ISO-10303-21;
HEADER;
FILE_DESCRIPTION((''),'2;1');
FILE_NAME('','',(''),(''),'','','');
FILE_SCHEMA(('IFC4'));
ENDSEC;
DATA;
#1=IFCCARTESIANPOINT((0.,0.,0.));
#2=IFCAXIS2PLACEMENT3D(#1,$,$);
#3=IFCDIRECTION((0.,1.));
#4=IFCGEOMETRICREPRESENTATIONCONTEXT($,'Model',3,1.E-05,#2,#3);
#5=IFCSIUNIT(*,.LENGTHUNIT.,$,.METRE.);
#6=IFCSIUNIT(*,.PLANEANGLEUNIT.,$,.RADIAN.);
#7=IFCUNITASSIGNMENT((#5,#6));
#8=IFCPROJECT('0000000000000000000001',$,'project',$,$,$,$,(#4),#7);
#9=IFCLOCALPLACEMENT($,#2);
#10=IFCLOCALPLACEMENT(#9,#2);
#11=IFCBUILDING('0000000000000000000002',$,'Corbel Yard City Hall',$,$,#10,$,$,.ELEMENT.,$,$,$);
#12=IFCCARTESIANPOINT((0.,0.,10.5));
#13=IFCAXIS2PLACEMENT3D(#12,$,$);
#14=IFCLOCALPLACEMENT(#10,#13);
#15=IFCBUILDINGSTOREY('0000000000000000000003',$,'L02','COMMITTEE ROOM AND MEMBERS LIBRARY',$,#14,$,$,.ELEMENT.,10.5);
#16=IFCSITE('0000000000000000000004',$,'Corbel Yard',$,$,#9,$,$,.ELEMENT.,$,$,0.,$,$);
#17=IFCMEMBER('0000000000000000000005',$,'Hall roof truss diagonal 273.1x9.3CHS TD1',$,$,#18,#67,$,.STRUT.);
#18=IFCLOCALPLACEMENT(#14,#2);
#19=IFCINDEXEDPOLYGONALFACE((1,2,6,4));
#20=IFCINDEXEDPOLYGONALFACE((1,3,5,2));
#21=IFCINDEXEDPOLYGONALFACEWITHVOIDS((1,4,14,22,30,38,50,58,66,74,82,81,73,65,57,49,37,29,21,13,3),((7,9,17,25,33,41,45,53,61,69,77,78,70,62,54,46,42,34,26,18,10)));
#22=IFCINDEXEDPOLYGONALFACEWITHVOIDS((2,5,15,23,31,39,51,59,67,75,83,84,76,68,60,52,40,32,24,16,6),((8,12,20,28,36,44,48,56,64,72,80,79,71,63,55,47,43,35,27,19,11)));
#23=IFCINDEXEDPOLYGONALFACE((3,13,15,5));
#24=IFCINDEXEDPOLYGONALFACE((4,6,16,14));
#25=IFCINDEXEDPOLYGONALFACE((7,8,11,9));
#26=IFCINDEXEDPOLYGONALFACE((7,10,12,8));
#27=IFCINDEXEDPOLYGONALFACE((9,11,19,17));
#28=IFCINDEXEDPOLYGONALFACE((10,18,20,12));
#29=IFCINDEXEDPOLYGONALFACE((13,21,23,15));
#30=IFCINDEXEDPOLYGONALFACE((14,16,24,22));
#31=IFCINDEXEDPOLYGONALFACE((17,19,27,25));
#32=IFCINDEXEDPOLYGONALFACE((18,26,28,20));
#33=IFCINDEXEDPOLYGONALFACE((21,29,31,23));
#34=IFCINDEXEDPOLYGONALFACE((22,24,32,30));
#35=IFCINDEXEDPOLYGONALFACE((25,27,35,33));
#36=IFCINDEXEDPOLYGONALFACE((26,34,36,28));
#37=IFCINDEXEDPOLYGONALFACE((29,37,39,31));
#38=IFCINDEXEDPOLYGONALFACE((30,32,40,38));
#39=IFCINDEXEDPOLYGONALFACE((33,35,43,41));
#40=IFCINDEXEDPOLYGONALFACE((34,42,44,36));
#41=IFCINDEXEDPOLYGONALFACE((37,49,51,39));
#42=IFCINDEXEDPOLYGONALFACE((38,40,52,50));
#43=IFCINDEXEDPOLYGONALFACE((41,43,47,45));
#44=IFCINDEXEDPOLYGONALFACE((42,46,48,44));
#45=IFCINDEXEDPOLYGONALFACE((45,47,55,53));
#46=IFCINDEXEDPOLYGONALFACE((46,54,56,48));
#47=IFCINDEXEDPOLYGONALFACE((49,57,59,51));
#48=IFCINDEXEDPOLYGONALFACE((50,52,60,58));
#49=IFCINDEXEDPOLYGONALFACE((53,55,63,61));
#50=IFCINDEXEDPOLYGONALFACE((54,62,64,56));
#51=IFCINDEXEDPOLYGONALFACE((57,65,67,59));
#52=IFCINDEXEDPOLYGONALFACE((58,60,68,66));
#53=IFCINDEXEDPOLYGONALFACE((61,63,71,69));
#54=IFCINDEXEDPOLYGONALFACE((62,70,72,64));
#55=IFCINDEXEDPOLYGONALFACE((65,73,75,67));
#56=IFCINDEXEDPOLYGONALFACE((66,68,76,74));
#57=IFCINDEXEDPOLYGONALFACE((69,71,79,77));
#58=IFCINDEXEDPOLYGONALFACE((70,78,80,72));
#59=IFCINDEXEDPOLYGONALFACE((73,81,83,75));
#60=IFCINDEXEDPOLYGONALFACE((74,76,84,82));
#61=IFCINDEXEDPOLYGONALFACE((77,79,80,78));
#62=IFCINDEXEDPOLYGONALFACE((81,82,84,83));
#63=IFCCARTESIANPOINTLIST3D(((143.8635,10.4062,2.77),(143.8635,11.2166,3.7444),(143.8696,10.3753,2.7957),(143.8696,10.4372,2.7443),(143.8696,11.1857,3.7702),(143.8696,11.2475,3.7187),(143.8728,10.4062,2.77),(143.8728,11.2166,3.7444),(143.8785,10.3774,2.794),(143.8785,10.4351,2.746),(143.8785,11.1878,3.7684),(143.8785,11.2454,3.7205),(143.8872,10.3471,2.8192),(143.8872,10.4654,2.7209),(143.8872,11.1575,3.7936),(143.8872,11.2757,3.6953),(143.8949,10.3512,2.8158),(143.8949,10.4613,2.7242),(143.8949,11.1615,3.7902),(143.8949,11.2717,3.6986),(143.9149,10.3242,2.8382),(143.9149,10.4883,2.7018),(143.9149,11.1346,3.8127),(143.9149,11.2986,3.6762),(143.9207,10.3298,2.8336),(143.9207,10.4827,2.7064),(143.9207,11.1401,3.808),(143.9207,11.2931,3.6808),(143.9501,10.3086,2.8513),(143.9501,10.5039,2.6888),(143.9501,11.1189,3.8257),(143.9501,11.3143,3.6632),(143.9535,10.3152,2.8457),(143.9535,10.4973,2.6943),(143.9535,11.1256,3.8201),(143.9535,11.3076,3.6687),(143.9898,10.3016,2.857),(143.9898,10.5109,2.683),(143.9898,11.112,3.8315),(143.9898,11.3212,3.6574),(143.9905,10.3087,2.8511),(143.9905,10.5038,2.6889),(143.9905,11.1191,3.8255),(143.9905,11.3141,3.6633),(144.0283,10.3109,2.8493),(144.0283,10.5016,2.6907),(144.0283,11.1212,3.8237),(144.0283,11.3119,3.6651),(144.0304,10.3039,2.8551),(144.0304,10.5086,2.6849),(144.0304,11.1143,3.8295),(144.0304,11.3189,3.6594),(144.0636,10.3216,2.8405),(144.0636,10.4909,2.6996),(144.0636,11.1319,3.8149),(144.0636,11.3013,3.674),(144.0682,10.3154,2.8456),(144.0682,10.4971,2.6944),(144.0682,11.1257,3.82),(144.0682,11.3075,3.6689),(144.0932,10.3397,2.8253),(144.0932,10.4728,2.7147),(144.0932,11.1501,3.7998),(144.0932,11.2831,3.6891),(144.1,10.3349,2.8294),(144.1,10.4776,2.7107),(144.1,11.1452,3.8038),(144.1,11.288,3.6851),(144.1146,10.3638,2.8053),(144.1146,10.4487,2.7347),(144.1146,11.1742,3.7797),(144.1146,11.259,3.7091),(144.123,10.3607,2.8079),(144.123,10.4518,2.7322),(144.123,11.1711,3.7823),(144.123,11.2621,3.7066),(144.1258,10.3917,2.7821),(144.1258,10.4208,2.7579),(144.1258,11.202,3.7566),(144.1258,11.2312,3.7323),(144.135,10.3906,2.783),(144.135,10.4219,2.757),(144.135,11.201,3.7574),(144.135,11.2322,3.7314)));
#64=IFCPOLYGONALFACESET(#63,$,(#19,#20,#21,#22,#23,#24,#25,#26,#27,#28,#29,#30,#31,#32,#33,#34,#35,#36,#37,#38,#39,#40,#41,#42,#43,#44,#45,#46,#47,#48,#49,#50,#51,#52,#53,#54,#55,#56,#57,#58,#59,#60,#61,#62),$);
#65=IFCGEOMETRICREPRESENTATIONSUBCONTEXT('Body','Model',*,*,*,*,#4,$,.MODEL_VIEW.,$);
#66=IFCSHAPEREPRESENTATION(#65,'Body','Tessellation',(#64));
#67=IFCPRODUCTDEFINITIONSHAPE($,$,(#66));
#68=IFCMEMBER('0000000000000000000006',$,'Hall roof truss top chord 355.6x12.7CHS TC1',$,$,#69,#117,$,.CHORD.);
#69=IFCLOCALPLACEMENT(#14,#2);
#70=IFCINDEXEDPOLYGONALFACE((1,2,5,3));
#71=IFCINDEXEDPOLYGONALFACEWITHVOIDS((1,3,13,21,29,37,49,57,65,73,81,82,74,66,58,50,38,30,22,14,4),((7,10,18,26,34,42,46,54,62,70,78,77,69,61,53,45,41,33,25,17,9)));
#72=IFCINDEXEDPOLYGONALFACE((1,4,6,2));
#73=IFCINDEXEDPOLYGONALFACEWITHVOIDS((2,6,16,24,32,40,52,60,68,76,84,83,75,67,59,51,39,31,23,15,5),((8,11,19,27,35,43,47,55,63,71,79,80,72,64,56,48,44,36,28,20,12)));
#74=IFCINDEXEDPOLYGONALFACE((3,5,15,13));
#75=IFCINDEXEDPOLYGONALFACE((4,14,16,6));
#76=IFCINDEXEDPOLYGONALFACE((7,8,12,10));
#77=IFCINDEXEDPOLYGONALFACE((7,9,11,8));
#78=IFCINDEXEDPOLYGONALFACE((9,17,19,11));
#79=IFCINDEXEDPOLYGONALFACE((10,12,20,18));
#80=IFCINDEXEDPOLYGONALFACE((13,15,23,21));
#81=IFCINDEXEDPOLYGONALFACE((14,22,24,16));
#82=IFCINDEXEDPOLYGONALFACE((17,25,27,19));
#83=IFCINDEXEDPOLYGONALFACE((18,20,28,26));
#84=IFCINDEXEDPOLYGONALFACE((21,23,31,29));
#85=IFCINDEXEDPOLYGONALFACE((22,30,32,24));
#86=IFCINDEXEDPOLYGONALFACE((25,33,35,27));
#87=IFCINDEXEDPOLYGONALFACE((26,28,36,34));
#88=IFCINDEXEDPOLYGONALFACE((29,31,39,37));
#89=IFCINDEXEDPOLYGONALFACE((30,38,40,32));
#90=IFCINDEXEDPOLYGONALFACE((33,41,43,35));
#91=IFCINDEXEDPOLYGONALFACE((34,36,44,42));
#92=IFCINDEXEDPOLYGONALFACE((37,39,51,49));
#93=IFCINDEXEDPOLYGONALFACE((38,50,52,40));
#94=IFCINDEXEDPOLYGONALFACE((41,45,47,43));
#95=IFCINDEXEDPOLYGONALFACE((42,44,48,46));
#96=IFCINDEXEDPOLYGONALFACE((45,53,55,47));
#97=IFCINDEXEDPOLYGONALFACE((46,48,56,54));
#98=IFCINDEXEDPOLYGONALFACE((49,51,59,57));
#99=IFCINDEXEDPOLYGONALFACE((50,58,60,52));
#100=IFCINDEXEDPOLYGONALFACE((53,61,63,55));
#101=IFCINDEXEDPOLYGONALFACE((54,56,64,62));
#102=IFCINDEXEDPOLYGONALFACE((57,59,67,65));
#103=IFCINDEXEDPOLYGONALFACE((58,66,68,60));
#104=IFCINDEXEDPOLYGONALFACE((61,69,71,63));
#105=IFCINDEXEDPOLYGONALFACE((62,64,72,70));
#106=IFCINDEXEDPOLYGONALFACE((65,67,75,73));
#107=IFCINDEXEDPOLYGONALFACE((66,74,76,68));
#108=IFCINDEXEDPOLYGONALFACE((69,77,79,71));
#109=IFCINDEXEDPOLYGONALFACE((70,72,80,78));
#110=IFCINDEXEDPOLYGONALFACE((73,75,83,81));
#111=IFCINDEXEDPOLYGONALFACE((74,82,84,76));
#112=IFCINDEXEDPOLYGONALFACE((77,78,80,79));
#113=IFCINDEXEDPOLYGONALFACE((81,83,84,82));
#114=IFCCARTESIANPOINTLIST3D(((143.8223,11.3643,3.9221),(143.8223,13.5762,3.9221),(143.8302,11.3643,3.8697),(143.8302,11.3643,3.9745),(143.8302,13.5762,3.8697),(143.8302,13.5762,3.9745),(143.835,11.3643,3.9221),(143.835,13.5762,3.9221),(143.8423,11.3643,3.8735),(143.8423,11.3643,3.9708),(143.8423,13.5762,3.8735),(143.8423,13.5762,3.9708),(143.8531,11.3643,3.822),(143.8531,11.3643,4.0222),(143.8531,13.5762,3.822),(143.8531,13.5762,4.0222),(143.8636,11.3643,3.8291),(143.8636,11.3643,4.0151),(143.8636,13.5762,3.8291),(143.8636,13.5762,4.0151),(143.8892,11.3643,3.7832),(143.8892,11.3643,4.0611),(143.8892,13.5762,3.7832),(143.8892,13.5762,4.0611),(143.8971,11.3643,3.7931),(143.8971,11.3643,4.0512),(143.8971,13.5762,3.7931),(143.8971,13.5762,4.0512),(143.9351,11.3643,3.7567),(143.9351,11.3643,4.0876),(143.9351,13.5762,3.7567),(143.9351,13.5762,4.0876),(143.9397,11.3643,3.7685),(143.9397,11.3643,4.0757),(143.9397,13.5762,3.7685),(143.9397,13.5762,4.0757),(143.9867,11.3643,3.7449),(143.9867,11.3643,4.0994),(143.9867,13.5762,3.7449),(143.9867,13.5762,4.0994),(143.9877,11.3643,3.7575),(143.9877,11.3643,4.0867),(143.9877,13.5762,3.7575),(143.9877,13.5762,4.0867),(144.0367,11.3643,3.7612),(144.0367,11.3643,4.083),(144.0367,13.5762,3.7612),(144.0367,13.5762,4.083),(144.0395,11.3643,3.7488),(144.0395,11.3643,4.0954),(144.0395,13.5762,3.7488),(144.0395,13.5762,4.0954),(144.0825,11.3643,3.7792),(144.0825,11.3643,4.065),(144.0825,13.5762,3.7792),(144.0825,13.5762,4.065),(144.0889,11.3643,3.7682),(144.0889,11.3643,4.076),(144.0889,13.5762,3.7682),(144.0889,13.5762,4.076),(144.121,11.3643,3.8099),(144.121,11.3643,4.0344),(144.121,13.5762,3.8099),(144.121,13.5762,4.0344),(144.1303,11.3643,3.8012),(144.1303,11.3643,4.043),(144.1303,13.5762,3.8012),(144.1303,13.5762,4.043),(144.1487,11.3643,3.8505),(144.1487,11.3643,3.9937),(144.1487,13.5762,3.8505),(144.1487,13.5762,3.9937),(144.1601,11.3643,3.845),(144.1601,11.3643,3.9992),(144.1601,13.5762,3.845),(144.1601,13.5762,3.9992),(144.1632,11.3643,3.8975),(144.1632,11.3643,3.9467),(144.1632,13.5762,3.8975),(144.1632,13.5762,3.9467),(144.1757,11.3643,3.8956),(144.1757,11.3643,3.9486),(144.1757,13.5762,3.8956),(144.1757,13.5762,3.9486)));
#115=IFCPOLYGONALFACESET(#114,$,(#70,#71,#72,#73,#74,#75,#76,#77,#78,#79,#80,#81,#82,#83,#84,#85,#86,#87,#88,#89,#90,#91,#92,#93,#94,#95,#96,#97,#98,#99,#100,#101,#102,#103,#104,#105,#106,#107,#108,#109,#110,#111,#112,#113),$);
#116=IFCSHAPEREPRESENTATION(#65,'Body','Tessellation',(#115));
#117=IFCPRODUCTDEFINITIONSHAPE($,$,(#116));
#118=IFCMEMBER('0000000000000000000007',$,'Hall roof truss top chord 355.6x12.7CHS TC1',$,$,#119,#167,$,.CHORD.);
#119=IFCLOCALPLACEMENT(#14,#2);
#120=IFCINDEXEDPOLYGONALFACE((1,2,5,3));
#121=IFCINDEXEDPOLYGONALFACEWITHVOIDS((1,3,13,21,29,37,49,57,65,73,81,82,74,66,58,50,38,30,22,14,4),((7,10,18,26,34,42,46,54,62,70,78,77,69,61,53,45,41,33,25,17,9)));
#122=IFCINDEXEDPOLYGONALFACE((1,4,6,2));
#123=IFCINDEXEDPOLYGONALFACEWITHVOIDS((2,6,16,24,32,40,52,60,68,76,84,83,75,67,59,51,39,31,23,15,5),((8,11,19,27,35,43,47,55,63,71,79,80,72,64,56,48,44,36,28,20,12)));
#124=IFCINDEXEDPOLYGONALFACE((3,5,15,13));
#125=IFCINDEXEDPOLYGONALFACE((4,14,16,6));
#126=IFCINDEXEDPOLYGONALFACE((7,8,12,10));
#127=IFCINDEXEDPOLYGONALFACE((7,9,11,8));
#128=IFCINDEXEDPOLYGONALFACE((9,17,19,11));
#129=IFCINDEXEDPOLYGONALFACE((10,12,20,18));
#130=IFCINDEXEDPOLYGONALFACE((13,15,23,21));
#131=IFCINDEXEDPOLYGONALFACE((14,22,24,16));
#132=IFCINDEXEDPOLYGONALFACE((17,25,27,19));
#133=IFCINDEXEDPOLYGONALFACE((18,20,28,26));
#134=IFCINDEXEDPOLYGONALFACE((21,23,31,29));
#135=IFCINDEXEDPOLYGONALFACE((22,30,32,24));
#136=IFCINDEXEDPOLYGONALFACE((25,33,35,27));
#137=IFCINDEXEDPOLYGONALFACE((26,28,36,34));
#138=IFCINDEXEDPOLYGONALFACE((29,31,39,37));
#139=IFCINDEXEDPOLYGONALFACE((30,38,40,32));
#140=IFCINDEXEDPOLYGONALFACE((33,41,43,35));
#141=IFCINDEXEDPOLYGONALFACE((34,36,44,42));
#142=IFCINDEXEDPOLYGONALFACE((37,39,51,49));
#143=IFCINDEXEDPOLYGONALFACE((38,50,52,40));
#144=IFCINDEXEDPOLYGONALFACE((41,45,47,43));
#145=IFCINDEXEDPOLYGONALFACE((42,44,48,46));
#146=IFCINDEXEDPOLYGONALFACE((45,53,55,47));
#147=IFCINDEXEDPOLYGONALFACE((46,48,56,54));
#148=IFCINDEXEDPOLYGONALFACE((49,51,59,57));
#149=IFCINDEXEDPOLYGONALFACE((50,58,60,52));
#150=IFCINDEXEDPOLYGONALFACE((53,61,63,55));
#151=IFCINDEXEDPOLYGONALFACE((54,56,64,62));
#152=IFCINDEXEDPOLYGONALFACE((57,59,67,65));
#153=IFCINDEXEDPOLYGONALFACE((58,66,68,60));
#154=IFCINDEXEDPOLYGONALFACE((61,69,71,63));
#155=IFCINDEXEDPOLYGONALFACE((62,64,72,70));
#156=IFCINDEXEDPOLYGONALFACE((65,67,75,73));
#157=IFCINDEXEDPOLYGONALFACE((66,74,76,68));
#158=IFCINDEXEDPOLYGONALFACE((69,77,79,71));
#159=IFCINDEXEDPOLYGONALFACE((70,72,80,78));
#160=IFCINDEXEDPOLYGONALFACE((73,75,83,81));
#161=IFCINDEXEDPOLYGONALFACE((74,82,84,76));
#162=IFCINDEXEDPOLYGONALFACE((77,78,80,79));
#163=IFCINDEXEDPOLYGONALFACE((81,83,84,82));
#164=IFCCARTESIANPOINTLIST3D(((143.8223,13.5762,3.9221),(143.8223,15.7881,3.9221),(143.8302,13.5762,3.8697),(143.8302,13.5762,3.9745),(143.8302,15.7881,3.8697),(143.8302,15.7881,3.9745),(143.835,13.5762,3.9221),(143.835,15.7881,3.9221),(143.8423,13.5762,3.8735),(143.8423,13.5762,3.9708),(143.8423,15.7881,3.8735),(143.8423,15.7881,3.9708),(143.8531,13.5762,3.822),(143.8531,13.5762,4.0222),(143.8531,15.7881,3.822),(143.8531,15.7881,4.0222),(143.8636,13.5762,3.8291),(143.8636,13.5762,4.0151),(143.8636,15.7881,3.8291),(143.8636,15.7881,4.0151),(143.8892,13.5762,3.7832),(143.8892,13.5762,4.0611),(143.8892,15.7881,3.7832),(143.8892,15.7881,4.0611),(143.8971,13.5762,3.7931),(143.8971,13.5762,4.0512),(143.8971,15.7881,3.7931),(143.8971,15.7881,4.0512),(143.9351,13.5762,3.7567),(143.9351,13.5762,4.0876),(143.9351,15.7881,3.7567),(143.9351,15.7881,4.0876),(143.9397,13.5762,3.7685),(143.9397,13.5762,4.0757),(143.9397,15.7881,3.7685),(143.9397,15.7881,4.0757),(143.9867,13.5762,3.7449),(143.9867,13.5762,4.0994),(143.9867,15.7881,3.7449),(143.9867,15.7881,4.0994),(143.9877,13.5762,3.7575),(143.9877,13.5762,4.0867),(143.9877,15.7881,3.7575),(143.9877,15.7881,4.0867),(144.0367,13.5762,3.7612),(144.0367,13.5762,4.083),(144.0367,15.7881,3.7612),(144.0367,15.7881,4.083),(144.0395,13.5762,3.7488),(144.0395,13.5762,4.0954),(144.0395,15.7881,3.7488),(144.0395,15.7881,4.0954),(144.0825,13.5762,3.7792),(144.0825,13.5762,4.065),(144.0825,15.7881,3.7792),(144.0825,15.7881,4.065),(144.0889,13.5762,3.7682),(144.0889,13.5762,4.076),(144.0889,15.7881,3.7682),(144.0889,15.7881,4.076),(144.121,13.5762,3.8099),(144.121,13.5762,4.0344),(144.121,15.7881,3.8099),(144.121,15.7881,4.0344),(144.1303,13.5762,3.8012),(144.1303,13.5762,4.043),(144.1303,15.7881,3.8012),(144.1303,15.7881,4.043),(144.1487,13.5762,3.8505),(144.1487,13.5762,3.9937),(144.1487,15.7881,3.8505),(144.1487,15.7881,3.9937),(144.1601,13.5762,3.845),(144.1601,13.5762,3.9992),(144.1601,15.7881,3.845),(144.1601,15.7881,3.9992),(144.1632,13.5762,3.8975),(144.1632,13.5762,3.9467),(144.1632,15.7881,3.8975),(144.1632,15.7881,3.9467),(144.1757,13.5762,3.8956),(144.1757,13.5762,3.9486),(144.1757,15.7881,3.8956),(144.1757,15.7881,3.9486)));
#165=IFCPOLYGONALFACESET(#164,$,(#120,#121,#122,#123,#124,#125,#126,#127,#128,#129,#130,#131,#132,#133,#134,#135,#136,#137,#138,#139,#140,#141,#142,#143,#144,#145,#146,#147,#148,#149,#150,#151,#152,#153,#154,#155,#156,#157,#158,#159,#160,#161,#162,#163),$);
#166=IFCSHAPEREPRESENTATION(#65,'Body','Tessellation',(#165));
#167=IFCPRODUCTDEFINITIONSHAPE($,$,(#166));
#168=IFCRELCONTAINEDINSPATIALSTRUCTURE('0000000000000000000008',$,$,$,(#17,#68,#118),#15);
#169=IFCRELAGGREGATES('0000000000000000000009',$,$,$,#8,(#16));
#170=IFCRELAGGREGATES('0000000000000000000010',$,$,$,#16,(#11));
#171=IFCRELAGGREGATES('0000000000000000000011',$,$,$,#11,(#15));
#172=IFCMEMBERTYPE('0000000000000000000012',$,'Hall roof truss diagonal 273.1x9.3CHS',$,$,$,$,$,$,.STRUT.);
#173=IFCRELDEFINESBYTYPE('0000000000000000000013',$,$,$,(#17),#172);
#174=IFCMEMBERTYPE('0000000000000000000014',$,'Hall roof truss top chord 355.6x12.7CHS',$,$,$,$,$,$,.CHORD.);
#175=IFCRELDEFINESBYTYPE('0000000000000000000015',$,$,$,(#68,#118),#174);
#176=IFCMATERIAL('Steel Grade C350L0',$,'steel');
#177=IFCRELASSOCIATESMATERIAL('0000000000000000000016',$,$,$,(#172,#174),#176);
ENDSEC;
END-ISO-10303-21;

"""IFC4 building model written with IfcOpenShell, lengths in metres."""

from ifc_helpers import new_model, si_unit, direction, frame, origin, origin_2d, place, context, subcontext, project, spatial, hollow_circle, extrude, material, material_profile, profile_set, type_object, element, save


model = new_model("IFC4")

# Units and contexts
model_context = context("Model", 3, precision=1e-05, world=origin(), true_north=direction((0.0, 1.0)))
body_context = subcontext(model_context, "Body", "Model", "MODEL_VIEW")
ifc_project = project(units=[si_unit("LENGTHUNIT", "METRE"), si_unit("PLANEANGLEUNIT", "RADIAN")], contexts=[model_context])

# Site, building, storey
site_placement = place(None, origin())
site = spatial("IfcSite", under=ifc_project, at=site_placement, Name="Corbel Yard", CompositionType="ELEMENT", RefElevation=0.0)
building_placement = place(site_placement, origin())
building = spatial("IfcBuilding", under=site, at=building_placement, Name="Corbel Yard City Hall", CompositionType="ELEMENT")
storey_placement = place(building_placement, frame((0.0, 0.0, 10.5)))
storey = spatial("IfcBuildingStorey", under=building, at=storey_placement, Name="L02", Description="COMMITTEE ROOM AND MEMBERS LIBRARY", CompositionType="ELEMENT", Elevation=10.5)

# Members
ifc_material_1 = material(Name="Steel Grade C350L0", Category="steel")
ifc_material_profile_1 = material_profile(ifc_material_1, hollow_circle(Radius=0.1365, WallThickness=0.0093, at=origin_2d()), Name="273.1x9.3CHS")
ifc_profile_set_1 = profile_set([ifc_material_profile_1], Name="Steel Grade C350L0")
member_type_1 = type_object("IfcMemberType", Name="Hall roof truss diagonal 273.1x9.3CHS", PredefinedType="STRUT", material=ifc_profile_set_1)
member_1_placement = place(storey_placement, frame((144.0, 10.4062, 2.77), z_axis=(0.0, 0.639407, 0.768868), x_axis=(-1.0, 0.0, 0.0)))
element("IfcMember", 1, at=member_1_placement, inside=storey, type_object=member_type_1, Name="Hall roof truss diagonal 273.1x9.3CHS TD1", PredefinedType="STRUT", context=body_context, shape_type="SweptSolid", body=[
    extrude(hollow_circle(Radius=0.1365, WallThickness=0.0093, at=origin_2d()), origin(), (0.0, 0.0, 1.0), 1.2673),
])
ifc_material_profile_2 = material_profile(ifc_material_1, hollow_circle(Radius=0.1777, WallThickness=0.0127, at=origin_2d()), Name="355.6x12.7CHS")
ifc_profile_set_2 = profile_set([ifc_material_profile_2], Name="Steel Grade C350L0")
member_type_2 = type_object("IfcMemberType", Name="Hall roof truss top chord 355.6x12.7CHS", PredefinedType="CHORD", material=ifc_profile_set_2)
for number, where, z_axis, x_axis, name in (
    (2, (144.0, 11.3643, 3.9221), (0.0, 1.0, 0.0), (-1.0, 0.0, 0.0), "Hall roof truss top chord 355.6x12.7CHS TC1"),
    (3, (144.0, 13.5762, 3.9221), (0.0, 1.0, 0.0), (-1.0, 0.0, 0.0), "Hall roof truss top chord 355.6x12.7CHS TC1"),
):
    element("IfcMember", number, at=place(storey_placement, frame(where, z_axis=z_axis, x_axis=x_axis)), inside=storey, type_object=member_type_2, Name=name, PredefinedType="CHORD", context=body_context, shape_type="SweptSolid", body=[
        extrude(hollow_circle(Radius=0.1777, WallThickness=0.0127, at=origin_2d()), origin(), (0.0, 0.0, 1.0), 2.2119),
    ])

save(model, "model.ifc")
